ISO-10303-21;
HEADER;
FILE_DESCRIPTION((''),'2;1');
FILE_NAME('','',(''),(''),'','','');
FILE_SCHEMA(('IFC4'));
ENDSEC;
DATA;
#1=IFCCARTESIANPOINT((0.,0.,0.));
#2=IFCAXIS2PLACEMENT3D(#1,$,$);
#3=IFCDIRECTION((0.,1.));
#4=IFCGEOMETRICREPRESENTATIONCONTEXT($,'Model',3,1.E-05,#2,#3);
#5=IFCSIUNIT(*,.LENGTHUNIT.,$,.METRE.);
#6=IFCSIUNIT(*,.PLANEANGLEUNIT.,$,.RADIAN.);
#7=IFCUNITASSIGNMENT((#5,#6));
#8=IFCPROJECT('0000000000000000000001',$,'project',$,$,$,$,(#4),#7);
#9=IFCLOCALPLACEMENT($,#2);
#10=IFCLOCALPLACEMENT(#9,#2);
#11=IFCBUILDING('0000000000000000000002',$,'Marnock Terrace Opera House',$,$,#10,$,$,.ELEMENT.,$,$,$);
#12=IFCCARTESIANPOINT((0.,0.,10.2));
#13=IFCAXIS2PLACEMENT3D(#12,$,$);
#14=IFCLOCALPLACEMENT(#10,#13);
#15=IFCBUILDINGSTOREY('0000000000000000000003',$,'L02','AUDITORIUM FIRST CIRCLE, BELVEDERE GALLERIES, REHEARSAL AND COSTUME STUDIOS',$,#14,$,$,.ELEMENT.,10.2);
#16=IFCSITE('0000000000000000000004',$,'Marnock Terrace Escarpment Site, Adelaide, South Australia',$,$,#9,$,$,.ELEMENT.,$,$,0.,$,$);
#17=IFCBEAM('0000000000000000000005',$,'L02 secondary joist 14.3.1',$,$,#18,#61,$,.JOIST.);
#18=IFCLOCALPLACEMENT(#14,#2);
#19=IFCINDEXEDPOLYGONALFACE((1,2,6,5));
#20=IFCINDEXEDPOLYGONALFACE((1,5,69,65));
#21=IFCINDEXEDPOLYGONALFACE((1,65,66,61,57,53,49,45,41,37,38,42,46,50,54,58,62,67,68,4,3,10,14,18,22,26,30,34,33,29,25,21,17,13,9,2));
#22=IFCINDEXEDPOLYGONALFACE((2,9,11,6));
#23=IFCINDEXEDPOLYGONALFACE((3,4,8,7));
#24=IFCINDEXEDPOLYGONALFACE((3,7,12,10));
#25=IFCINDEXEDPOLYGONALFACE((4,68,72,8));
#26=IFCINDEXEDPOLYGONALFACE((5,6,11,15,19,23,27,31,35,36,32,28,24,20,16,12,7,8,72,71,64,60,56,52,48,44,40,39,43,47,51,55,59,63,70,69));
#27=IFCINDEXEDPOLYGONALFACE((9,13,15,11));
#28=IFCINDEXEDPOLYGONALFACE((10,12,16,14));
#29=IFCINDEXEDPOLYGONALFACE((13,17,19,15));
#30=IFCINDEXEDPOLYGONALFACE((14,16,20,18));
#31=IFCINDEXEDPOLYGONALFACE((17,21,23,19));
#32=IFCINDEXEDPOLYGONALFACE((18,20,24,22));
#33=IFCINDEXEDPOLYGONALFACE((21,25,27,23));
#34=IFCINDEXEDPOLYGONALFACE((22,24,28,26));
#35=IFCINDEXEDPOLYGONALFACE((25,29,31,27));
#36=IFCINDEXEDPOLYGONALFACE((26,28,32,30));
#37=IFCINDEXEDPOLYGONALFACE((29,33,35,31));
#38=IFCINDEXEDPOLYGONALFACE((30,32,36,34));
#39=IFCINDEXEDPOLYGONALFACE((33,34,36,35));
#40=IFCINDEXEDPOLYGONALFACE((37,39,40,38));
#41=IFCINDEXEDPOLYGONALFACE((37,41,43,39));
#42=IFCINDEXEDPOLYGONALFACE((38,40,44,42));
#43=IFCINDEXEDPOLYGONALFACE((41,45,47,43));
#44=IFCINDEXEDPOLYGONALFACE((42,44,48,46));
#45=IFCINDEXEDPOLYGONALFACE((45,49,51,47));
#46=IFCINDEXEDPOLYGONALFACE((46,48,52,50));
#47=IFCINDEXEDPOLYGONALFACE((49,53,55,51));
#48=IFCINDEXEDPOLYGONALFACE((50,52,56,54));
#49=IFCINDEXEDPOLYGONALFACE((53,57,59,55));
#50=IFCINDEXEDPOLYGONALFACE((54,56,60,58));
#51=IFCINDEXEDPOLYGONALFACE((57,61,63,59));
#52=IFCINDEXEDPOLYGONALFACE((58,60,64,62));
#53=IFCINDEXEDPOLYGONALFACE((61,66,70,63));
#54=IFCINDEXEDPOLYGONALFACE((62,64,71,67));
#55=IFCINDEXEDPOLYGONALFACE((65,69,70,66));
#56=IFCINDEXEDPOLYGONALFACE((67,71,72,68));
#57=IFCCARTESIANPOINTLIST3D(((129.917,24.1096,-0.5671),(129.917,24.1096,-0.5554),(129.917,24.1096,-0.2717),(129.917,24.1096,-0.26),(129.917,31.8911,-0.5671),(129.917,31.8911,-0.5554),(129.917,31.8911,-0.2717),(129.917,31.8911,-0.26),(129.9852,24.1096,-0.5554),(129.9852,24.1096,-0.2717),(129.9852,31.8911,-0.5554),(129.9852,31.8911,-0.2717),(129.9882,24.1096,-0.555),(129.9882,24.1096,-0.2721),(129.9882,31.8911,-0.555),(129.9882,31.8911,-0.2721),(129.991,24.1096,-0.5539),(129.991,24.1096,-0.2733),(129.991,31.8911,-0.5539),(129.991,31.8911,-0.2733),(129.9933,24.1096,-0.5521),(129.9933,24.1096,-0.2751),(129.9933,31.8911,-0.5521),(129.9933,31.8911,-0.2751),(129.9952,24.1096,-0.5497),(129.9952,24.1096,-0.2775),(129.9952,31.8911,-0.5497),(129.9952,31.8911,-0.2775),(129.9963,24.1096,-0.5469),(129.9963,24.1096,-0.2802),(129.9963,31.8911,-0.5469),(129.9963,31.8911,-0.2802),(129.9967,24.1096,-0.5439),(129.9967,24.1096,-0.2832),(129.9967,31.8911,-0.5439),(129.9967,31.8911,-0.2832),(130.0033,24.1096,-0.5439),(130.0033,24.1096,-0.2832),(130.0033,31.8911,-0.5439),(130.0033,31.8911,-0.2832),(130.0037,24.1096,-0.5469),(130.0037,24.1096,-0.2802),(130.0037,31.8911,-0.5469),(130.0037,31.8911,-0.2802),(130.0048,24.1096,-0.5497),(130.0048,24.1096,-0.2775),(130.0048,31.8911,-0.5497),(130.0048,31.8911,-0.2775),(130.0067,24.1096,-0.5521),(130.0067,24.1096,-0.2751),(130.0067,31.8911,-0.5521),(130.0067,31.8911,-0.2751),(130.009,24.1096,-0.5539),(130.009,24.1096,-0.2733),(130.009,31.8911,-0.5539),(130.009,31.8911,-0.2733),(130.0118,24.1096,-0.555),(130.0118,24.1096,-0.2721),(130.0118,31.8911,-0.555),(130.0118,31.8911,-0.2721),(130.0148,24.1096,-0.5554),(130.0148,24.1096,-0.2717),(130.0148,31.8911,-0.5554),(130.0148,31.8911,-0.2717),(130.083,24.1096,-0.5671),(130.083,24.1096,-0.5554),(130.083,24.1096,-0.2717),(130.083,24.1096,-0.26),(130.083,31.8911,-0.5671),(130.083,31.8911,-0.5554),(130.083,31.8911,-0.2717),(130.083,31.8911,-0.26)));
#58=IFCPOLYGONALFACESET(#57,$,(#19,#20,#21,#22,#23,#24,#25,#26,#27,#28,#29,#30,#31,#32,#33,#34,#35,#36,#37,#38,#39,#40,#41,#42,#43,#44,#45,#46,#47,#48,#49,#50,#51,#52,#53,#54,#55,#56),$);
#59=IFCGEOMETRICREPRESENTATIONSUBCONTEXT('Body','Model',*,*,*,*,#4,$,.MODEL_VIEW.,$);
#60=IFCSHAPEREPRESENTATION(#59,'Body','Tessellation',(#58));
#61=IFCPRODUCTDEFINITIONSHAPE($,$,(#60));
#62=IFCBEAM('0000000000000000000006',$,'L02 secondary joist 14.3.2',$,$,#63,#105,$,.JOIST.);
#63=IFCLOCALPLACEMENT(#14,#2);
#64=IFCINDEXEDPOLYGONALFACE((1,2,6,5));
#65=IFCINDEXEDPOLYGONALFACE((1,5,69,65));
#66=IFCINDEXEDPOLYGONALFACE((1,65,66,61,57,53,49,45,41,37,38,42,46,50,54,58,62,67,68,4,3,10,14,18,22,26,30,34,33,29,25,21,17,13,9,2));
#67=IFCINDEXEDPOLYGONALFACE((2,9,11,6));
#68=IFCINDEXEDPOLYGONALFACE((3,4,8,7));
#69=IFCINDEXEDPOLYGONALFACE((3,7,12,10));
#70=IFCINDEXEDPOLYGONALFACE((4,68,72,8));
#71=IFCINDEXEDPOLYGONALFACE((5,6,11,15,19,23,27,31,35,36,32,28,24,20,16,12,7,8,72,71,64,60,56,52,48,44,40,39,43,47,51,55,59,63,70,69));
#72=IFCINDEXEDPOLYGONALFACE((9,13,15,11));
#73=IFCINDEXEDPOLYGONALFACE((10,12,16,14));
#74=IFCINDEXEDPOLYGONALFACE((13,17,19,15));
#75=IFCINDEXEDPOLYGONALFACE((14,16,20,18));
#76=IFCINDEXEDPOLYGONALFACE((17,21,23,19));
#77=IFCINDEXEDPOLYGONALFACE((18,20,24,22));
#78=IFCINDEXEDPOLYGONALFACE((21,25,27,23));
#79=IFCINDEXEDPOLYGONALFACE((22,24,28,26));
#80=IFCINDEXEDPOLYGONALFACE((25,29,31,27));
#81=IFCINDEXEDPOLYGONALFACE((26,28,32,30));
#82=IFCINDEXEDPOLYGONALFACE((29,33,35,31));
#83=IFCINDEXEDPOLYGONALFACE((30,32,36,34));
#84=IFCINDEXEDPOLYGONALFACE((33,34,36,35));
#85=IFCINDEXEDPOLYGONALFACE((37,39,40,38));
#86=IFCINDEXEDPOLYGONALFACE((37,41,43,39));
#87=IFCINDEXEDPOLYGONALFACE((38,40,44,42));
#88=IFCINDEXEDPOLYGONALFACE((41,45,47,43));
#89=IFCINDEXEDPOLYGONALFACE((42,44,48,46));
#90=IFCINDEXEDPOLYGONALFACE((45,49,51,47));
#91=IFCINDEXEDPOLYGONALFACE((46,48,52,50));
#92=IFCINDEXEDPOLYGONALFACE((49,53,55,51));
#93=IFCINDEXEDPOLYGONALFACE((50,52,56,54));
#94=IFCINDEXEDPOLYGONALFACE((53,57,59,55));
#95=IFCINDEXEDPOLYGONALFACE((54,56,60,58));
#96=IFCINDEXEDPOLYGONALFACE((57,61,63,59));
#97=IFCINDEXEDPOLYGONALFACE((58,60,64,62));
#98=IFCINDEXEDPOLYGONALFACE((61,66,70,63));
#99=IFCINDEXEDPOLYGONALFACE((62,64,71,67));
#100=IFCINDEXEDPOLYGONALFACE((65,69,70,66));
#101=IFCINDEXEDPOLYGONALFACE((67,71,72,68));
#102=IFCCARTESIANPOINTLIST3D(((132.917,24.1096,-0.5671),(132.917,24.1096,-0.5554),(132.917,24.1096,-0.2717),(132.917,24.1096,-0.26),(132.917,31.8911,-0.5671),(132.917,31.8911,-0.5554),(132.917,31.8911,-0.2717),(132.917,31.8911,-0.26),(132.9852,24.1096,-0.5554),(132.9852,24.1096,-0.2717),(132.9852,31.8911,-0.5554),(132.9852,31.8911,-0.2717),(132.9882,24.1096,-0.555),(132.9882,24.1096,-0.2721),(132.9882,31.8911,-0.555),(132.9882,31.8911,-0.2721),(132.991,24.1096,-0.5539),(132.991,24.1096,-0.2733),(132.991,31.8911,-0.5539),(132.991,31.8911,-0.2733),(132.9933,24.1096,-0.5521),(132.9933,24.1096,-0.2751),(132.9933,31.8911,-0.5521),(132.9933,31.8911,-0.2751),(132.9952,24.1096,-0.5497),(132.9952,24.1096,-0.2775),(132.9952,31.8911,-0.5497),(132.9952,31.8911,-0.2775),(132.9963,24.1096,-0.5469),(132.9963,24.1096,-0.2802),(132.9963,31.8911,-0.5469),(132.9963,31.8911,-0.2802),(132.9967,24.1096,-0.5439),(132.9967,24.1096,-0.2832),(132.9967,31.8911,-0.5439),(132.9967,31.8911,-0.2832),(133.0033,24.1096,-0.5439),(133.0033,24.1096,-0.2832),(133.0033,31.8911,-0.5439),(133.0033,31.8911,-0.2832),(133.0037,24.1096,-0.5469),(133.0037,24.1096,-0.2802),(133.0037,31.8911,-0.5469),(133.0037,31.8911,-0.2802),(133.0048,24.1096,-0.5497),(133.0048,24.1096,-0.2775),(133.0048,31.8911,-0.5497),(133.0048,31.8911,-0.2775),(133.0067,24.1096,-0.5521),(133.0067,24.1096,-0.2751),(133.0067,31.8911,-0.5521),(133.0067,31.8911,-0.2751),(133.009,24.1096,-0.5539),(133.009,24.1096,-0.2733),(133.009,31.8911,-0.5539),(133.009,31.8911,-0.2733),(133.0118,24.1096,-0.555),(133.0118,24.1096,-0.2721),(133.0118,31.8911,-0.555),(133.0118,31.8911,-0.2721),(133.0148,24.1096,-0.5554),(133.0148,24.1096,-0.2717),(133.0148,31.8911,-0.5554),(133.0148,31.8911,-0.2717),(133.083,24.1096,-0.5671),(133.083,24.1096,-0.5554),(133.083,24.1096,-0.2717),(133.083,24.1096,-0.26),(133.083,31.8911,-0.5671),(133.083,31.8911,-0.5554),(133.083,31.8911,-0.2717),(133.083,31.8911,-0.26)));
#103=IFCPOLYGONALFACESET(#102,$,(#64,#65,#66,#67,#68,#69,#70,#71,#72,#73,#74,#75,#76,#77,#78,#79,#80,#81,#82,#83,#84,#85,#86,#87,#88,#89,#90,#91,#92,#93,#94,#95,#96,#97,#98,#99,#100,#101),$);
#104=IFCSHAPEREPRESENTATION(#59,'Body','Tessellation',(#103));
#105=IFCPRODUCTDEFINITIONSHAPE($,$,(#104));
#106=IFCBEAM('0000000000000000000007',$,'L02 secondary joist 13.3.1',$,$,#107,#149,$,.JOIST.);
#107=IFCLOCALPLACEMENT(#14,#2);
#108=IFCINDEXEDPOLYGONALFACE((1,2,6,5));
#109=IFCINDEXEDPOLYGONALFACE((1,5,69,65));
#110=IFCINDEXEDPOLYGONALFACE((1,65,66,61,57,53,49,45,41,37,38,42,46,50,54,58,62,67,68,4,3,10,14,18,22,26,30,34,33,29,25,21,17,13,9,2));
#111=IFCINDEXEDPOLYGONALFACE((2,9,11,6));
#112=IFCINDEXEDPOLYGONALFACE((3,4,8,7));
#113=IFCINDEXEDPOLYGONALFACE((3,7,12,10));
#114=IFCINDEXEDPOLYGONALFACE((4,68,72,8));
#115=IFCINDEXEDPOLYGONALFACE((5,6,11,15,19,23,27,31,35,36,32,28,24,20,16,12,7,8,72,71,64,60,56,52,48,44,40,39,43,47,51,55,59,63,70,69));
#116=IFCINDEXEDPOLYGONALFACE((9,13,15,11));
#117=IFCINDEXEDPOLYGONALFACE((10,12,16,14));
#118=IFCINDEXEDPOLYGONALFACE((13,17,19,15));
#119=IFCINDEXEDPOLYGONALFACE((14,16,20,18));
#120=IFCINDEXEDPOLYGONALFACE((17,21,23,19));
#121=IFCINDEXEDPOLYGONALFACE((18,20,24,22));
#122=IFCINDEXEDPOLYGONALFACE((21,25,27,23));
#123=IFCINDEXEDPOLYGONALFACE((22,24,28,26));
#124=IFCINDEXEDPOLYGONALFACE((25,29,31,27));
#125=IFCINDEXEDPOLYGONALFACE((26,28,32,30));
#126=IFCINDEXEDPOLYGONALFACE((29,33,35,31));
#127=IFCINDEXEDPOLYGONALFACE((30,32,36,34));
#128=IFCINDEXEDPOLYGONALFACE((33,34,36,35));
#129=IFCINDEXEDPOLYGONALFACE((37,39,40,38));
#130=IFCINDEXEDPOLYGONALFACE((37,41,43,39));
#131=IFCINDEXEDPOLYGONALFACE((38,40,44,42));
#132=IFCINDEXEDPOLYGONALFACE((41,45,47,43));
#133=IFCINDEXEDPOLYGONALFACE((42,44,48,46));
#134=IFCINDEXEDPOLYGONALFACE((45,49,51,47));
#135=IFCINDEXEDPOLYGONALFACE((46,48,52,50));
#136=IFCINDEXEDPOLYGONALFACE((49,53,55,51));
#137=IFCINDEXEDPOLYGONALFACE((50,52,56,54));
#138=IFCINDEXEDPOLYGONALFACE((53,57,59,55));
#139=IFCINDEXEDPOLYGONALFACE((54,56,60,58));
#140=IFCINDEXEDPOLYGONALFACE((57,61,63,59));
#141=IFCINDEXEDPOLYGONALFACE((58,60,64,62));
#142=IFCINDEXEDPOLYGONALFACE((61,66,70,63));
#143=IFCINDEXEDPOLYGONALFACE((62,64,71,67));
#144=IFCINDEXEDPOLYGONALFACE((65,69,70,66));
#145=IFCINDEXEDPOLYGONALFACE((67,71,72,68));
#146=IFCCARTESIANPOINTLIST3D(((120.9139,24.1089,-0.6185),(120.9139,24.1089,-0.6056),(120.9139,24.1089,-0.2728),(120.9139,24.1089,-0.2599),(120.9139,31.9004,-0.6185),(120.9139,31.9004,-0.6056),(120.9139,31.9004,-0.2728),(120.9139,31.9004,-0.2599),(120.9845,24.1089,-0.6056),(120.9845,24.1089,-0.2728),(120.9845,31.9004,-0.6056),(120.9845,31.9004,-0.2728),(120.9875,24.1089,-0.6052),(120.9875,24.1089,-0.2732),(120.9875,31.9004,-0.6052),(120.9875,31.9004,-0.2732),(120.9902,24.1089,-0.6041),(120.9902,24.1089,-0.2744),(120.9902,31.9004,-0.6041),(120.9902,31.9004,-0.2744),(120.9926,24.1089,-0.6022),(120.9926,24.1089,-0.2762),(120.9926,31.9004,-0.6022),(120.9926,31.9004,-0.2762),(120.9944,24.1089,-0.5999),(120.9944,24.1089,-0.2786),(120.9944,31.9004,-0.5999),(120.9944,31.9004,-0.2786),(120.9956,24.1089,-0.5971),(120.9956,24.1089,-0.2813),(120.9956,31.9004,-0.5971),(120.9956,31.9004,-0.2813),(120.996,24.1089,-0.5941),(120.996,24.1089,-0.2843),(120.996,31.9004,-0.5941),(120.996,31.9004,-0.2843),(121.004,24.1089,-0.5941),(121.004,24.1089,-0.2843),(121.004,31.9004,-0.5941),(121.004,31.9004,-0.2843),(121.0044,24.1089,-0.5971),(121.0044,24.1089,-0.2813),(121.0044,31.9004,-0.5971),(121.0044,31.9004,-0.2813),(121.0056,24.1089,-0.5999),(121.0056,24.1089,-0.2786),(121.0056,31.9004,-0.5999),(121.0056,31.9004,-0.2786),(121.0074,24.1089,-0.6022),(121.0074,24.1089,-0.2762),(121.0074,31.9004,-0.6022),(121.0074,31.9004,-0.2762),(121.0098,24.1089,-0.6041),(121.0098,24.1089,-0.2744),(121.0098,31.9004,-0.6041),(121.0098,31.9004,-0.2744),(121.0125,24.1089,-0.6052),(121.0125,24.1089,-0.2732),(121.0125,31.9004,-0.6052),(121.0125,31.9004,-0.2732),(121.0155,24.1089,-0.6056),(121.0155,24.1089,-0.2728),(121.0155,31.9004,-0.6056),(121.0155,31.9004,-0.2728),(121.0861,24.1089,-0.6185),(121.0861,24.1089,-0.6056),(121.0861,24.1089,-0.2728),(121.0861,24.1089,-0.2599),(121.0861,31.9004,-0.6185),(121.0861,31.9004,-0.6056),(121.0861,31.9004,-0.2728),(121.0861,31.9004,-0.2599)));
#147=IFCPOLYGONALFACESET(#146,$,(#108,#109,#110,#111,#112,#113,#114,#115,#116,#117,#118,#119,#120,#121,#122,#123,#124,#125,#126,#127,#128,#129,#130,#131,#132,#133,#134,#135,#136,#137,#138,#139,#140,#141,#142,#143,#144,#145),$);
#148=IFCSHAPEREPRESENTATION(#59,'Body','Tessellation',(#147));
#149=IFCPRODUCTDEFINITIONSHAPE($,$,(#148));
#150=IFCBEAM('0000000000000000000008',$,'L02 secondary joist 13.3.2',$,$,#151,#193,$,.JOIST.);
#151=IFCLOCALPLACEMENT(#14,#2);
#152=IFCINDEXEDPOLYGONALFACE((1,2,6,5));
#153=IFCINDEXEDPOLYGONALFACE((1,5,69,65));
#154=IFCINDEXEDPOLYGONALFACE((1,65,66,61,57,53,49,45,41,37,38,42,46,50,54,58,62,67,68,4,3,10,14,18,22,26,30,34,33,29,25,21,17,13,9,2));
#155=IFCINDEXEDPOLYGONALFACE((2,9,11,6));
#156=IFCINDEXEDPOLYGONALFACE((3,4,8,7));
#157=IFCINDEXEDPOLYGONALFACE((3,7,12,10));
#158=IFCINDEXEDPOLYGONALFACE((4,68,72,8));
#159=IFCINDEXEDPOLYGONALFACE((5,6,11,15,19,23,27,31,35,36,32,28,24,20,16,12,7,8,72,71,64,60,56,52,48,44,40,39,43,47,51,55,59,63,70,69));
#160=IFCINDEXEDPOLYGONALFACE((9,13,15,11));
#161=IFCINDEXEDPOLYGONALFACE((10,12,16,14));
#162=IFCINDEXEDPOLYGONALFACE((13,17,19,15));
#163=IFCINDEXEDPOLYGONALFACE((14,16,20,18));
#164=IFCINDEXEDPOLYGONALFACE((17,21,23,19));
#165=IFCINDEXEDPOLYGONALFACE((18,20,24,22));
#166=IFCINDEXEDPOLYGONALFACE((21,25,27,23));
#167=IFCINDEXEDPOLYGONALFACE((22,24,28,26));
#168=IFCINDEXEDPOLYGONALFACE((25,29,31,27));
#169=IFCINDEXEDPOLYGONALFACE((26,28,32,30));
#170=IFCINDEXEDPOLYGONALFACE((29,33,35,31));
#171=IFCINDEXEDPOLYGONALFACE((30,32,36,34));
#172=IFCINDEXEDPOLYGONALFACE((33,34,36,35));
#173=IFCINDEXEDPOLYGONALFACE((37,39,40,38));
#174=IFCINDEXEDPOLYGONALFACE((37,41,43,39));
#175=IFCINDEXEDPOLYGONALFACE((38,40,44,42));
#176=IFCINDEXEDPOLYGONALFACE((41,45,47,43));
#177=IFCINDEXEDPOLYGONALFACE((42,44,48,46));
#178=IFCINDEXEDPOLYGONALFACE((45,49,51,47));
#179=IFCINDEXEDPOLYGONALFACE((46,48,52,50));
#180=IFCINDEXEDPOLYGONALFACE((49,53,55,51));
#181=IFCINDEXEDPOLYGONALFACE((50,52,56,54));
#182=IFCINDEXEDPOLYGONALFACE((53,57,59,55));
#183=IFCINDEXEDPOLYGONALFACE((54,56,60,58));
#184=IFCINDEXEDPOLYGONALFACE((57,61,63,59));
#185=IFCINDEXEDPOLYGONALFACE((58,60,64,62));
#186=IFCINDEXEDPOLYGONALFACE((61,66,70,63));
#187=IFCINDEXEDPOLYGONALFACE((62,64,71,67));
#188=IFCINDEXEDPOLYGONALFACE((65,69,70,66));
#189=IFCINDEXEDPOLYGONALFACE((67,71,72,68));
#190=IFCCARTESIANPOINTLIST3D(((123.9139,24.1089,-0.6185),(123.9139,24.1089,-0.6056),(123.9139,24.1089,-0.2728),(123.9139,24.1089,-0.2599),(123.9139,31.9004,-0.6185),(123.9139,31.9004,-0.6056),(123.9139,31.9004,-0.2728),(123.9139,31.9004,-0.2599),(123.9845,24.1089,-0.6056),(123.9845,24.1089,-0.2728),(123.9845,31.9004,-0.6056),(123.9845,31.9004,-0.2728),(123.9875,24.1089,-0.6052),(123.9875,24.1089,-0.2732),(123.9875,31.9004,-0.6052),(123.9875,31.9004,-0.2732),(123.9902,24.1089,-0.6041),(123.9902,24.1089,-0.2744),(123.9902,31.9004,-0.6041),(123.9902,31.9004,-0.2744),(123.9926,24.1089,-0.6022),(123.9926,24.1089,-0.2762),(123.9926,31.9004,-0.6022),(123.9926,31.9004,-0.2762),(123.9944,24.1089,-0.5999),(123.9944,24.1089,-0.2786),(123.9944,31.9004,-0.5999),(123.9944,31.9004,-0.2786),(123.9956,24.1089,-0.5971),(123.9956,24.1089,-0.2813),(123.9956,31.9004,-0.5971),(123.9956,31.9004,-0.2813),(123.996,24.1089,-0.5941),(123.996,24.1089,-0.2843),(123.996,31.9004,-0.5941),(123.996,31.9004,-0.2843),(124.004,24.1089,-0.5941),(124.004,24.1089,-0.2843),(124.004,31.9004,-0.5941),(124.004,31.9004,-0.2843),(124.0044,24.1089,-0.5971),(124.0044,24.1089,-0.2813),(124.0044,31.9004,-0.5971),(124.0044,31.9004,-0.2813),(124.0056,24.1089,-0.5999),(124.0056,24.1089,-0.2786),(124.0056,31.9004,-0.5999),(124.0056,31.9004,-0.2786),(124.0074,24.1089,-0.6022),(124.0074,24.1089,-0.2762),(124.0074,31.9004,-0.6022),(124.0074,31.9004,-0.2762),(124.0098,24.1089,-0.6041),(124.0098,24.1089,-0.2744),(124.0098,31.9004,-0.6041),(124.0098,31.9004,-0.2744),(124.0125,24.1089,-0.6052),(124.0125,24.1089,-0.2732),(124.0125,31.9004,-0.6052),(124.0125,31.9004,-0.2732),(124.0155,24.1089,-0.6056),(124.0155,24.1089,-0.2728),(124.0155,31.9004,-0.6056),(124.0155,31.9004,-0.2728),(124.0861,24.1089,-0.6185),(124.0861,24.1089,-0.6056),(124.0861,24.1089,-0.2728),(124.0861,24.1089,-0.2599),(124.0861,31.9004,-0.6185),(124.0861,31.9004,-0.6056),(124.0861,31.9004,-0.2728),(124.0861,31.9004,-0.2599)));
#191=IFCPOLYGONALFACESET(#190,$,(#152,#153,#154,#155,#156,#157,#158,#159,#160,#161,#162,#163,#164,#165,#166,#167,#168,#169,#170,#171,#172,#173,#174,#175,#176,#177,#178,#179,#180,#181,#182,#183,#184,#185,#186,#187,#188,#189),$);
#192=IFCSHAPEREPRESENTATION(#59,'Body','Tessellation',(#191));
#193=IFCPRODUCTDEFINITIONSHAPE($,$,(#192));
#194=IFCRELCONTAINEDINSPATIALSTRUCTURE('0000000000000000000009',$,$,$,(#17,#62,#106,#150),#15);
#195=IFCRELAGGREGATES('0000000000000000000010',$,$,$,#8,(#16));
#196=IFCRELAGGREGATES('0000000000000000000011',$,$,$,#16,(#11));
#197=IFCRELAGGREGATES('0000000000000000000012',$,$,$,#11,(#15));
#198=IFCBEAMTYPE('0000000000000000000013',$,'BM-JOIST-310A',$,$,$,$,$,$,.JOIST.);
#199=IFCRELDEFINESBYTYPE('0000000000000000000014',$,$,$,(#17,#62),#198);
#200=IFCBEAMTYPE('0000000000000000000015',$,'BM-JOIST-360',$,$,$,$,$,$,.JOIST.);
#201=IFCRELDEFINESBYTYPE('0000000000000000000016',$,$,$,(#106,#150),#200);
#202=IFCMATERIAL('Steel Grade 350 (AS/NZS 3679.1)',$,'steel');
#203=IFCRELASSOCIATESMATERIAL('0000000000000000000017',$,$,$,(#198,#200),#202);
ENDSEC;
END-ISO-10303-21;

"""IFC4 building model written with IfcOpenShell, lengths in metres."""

from ifc_helpers import new_model, si_unit, direction, frame, origin, origin_2d, place, context, subcontext, project, spatial, i_section, extrude, material, material_profile, profile_set, type_object, element, save


model = new_model("IFC4")

# Units and contexts
model_context = context("Model", 3, precision=1e-05, world=origin(), true_north=direction((0.0, 1.0)))
body_context = subcontext(model_context, "Body", "Model", "MODEL_VIEW")
ifc_project = project(units=[si_unit("LENGTHUNIT", "METRE"), si_unit("PLANEANGLEUNIT", "RADIAN")], contexts=[model_context])

# Site, building, storey
site_placement = place(None, origin())
site = spatial("IfcSite", under=ifc_project, at=site_placement, Name="Marnock Terrace Escarpment Site, Adelaide, South Australia", CompositionType="ELEMENT", RefElevation=0.0)
building_placement = place(site_placement, origin())
building = spatial("IfcBuilding", under=site, at=building_placement, Name="Marnock Terrace Opera House", CompositionType="ELEMENT")
storey_placement = place(building_placement, frame((0.0, 0.0, 10.2)))
storey = spatial("IfcBuildingStorey", under=building, at=storey_placement, Name="L02", Description="AUDITORIUM FIRST CIRCLE, BELVEDERE GALLERIES, REHEARSAL AND COSTUME STUDIOS", CompositionType="ELEMENT", Elevation=10.2)

# Beams
ifc_material_1 = material(Name="Steel Grade 350 (AS/NZS 3679.1)", Category="steel")
ifc_material_profile_1 = material_profile(ifc_material_1, i_section(OverallWidth=0.166, OverallDepth=0.3071, WebThickness=0.0066, FlangeThickness=0.0117, FilletRadius=0.0115, at=origin_2d()))
ifc_profile_set_1 = profile_set([ifc_material_profile_1], Name="Steel Grade 350 (AS/NZS 3679.1)")
beam_type_1 = type_object("IfcBeamType", Name="BM-JOIST-310A", PredefinedType="JOIST", material=ifc_profile_set_1)
for number, where, z_axis, x_axis, name in (
    (1, (130.0, 24.1096, -0.4136), (0.0, 1.0, 0.0), (-1.0, 0.0, 0.0), "L02 secondary joist 14.3.1"),
    (2, (133.0, 24.1096, -0.4136), (0.0, 1.0, 0.0), (-1.0, 0.0, 0.0), "L02 secondary joist 14.3.2"),
):
    element("IfcBeam", number, at=place(storey_placement, frame(where, z_axis=z_axis, x_axis=x_axis)), inside=storey, type_object=beam_type_1, Name=name, PredefinedType="JOIST", context=body_context, shape_type="SweptSolid", body=[
        extrude(i_section(OverallWidth=0.166, OverallDepth=0.3071, WebThickness=0.0066, FlangeThickness=0.0117, FilletRadius=0.0115, at=origin_2d()), origin(), (0.0, 0.0, 1.0), 7.7815),
    ])
ifc_material_profile_2 = material_profile(ifc_material_1, i_section(OverallWidth=0.1721, OverallDepth=0.3586, WebThickness=0.0081, FlangeThickness=0.0129, FilletRadius=0.0115, at=origin_2d()))
ifc_profile_set_2 = profile_set([ifc_material_profile_2], Name="Steel Grade 350 (AS/NZS 3679.1)")
beam_type_2 = type_object("IfcBeamType", Name="BM-JOIST-360", PredefinedType="JOIST", material=ifc_profile_set_2)
for number, where, z_axis, x_axis, name in (
    (3, (121.0, 24.1089, -0.4392), (0.0, 1.0, 0.0), (-1.0, 0.0, 0.0), "L02 secondary joist 13.3.1"),
    (4, (124.0, 24.1089, -0.4392), (0.0, 1.0, 0.0), (-1.0, 0.0, 0.0), "L02 secondary joist 13.3.2"),
):
    element("IfcBeam", number, at=place(storey_placement, frame(where, z_axis=z_axis, x_axis=x_axis)), inside=storey, type_object=beam_type_2, Name=name, PredefinedType="JOIST", context=body_context, shape_type="SweptSolid", body=[
        extrude(i_section(OverallWidth=0.1721, OverallDepth=0.3586, WebThickness=0.0081, FlangeThickness=0.0129, FilletRadius=0.0115, at=origin_2d()), origin(), (0.0, 0.0, 1.0), 7.7915),
    ])

save(model, "model.ifc")
